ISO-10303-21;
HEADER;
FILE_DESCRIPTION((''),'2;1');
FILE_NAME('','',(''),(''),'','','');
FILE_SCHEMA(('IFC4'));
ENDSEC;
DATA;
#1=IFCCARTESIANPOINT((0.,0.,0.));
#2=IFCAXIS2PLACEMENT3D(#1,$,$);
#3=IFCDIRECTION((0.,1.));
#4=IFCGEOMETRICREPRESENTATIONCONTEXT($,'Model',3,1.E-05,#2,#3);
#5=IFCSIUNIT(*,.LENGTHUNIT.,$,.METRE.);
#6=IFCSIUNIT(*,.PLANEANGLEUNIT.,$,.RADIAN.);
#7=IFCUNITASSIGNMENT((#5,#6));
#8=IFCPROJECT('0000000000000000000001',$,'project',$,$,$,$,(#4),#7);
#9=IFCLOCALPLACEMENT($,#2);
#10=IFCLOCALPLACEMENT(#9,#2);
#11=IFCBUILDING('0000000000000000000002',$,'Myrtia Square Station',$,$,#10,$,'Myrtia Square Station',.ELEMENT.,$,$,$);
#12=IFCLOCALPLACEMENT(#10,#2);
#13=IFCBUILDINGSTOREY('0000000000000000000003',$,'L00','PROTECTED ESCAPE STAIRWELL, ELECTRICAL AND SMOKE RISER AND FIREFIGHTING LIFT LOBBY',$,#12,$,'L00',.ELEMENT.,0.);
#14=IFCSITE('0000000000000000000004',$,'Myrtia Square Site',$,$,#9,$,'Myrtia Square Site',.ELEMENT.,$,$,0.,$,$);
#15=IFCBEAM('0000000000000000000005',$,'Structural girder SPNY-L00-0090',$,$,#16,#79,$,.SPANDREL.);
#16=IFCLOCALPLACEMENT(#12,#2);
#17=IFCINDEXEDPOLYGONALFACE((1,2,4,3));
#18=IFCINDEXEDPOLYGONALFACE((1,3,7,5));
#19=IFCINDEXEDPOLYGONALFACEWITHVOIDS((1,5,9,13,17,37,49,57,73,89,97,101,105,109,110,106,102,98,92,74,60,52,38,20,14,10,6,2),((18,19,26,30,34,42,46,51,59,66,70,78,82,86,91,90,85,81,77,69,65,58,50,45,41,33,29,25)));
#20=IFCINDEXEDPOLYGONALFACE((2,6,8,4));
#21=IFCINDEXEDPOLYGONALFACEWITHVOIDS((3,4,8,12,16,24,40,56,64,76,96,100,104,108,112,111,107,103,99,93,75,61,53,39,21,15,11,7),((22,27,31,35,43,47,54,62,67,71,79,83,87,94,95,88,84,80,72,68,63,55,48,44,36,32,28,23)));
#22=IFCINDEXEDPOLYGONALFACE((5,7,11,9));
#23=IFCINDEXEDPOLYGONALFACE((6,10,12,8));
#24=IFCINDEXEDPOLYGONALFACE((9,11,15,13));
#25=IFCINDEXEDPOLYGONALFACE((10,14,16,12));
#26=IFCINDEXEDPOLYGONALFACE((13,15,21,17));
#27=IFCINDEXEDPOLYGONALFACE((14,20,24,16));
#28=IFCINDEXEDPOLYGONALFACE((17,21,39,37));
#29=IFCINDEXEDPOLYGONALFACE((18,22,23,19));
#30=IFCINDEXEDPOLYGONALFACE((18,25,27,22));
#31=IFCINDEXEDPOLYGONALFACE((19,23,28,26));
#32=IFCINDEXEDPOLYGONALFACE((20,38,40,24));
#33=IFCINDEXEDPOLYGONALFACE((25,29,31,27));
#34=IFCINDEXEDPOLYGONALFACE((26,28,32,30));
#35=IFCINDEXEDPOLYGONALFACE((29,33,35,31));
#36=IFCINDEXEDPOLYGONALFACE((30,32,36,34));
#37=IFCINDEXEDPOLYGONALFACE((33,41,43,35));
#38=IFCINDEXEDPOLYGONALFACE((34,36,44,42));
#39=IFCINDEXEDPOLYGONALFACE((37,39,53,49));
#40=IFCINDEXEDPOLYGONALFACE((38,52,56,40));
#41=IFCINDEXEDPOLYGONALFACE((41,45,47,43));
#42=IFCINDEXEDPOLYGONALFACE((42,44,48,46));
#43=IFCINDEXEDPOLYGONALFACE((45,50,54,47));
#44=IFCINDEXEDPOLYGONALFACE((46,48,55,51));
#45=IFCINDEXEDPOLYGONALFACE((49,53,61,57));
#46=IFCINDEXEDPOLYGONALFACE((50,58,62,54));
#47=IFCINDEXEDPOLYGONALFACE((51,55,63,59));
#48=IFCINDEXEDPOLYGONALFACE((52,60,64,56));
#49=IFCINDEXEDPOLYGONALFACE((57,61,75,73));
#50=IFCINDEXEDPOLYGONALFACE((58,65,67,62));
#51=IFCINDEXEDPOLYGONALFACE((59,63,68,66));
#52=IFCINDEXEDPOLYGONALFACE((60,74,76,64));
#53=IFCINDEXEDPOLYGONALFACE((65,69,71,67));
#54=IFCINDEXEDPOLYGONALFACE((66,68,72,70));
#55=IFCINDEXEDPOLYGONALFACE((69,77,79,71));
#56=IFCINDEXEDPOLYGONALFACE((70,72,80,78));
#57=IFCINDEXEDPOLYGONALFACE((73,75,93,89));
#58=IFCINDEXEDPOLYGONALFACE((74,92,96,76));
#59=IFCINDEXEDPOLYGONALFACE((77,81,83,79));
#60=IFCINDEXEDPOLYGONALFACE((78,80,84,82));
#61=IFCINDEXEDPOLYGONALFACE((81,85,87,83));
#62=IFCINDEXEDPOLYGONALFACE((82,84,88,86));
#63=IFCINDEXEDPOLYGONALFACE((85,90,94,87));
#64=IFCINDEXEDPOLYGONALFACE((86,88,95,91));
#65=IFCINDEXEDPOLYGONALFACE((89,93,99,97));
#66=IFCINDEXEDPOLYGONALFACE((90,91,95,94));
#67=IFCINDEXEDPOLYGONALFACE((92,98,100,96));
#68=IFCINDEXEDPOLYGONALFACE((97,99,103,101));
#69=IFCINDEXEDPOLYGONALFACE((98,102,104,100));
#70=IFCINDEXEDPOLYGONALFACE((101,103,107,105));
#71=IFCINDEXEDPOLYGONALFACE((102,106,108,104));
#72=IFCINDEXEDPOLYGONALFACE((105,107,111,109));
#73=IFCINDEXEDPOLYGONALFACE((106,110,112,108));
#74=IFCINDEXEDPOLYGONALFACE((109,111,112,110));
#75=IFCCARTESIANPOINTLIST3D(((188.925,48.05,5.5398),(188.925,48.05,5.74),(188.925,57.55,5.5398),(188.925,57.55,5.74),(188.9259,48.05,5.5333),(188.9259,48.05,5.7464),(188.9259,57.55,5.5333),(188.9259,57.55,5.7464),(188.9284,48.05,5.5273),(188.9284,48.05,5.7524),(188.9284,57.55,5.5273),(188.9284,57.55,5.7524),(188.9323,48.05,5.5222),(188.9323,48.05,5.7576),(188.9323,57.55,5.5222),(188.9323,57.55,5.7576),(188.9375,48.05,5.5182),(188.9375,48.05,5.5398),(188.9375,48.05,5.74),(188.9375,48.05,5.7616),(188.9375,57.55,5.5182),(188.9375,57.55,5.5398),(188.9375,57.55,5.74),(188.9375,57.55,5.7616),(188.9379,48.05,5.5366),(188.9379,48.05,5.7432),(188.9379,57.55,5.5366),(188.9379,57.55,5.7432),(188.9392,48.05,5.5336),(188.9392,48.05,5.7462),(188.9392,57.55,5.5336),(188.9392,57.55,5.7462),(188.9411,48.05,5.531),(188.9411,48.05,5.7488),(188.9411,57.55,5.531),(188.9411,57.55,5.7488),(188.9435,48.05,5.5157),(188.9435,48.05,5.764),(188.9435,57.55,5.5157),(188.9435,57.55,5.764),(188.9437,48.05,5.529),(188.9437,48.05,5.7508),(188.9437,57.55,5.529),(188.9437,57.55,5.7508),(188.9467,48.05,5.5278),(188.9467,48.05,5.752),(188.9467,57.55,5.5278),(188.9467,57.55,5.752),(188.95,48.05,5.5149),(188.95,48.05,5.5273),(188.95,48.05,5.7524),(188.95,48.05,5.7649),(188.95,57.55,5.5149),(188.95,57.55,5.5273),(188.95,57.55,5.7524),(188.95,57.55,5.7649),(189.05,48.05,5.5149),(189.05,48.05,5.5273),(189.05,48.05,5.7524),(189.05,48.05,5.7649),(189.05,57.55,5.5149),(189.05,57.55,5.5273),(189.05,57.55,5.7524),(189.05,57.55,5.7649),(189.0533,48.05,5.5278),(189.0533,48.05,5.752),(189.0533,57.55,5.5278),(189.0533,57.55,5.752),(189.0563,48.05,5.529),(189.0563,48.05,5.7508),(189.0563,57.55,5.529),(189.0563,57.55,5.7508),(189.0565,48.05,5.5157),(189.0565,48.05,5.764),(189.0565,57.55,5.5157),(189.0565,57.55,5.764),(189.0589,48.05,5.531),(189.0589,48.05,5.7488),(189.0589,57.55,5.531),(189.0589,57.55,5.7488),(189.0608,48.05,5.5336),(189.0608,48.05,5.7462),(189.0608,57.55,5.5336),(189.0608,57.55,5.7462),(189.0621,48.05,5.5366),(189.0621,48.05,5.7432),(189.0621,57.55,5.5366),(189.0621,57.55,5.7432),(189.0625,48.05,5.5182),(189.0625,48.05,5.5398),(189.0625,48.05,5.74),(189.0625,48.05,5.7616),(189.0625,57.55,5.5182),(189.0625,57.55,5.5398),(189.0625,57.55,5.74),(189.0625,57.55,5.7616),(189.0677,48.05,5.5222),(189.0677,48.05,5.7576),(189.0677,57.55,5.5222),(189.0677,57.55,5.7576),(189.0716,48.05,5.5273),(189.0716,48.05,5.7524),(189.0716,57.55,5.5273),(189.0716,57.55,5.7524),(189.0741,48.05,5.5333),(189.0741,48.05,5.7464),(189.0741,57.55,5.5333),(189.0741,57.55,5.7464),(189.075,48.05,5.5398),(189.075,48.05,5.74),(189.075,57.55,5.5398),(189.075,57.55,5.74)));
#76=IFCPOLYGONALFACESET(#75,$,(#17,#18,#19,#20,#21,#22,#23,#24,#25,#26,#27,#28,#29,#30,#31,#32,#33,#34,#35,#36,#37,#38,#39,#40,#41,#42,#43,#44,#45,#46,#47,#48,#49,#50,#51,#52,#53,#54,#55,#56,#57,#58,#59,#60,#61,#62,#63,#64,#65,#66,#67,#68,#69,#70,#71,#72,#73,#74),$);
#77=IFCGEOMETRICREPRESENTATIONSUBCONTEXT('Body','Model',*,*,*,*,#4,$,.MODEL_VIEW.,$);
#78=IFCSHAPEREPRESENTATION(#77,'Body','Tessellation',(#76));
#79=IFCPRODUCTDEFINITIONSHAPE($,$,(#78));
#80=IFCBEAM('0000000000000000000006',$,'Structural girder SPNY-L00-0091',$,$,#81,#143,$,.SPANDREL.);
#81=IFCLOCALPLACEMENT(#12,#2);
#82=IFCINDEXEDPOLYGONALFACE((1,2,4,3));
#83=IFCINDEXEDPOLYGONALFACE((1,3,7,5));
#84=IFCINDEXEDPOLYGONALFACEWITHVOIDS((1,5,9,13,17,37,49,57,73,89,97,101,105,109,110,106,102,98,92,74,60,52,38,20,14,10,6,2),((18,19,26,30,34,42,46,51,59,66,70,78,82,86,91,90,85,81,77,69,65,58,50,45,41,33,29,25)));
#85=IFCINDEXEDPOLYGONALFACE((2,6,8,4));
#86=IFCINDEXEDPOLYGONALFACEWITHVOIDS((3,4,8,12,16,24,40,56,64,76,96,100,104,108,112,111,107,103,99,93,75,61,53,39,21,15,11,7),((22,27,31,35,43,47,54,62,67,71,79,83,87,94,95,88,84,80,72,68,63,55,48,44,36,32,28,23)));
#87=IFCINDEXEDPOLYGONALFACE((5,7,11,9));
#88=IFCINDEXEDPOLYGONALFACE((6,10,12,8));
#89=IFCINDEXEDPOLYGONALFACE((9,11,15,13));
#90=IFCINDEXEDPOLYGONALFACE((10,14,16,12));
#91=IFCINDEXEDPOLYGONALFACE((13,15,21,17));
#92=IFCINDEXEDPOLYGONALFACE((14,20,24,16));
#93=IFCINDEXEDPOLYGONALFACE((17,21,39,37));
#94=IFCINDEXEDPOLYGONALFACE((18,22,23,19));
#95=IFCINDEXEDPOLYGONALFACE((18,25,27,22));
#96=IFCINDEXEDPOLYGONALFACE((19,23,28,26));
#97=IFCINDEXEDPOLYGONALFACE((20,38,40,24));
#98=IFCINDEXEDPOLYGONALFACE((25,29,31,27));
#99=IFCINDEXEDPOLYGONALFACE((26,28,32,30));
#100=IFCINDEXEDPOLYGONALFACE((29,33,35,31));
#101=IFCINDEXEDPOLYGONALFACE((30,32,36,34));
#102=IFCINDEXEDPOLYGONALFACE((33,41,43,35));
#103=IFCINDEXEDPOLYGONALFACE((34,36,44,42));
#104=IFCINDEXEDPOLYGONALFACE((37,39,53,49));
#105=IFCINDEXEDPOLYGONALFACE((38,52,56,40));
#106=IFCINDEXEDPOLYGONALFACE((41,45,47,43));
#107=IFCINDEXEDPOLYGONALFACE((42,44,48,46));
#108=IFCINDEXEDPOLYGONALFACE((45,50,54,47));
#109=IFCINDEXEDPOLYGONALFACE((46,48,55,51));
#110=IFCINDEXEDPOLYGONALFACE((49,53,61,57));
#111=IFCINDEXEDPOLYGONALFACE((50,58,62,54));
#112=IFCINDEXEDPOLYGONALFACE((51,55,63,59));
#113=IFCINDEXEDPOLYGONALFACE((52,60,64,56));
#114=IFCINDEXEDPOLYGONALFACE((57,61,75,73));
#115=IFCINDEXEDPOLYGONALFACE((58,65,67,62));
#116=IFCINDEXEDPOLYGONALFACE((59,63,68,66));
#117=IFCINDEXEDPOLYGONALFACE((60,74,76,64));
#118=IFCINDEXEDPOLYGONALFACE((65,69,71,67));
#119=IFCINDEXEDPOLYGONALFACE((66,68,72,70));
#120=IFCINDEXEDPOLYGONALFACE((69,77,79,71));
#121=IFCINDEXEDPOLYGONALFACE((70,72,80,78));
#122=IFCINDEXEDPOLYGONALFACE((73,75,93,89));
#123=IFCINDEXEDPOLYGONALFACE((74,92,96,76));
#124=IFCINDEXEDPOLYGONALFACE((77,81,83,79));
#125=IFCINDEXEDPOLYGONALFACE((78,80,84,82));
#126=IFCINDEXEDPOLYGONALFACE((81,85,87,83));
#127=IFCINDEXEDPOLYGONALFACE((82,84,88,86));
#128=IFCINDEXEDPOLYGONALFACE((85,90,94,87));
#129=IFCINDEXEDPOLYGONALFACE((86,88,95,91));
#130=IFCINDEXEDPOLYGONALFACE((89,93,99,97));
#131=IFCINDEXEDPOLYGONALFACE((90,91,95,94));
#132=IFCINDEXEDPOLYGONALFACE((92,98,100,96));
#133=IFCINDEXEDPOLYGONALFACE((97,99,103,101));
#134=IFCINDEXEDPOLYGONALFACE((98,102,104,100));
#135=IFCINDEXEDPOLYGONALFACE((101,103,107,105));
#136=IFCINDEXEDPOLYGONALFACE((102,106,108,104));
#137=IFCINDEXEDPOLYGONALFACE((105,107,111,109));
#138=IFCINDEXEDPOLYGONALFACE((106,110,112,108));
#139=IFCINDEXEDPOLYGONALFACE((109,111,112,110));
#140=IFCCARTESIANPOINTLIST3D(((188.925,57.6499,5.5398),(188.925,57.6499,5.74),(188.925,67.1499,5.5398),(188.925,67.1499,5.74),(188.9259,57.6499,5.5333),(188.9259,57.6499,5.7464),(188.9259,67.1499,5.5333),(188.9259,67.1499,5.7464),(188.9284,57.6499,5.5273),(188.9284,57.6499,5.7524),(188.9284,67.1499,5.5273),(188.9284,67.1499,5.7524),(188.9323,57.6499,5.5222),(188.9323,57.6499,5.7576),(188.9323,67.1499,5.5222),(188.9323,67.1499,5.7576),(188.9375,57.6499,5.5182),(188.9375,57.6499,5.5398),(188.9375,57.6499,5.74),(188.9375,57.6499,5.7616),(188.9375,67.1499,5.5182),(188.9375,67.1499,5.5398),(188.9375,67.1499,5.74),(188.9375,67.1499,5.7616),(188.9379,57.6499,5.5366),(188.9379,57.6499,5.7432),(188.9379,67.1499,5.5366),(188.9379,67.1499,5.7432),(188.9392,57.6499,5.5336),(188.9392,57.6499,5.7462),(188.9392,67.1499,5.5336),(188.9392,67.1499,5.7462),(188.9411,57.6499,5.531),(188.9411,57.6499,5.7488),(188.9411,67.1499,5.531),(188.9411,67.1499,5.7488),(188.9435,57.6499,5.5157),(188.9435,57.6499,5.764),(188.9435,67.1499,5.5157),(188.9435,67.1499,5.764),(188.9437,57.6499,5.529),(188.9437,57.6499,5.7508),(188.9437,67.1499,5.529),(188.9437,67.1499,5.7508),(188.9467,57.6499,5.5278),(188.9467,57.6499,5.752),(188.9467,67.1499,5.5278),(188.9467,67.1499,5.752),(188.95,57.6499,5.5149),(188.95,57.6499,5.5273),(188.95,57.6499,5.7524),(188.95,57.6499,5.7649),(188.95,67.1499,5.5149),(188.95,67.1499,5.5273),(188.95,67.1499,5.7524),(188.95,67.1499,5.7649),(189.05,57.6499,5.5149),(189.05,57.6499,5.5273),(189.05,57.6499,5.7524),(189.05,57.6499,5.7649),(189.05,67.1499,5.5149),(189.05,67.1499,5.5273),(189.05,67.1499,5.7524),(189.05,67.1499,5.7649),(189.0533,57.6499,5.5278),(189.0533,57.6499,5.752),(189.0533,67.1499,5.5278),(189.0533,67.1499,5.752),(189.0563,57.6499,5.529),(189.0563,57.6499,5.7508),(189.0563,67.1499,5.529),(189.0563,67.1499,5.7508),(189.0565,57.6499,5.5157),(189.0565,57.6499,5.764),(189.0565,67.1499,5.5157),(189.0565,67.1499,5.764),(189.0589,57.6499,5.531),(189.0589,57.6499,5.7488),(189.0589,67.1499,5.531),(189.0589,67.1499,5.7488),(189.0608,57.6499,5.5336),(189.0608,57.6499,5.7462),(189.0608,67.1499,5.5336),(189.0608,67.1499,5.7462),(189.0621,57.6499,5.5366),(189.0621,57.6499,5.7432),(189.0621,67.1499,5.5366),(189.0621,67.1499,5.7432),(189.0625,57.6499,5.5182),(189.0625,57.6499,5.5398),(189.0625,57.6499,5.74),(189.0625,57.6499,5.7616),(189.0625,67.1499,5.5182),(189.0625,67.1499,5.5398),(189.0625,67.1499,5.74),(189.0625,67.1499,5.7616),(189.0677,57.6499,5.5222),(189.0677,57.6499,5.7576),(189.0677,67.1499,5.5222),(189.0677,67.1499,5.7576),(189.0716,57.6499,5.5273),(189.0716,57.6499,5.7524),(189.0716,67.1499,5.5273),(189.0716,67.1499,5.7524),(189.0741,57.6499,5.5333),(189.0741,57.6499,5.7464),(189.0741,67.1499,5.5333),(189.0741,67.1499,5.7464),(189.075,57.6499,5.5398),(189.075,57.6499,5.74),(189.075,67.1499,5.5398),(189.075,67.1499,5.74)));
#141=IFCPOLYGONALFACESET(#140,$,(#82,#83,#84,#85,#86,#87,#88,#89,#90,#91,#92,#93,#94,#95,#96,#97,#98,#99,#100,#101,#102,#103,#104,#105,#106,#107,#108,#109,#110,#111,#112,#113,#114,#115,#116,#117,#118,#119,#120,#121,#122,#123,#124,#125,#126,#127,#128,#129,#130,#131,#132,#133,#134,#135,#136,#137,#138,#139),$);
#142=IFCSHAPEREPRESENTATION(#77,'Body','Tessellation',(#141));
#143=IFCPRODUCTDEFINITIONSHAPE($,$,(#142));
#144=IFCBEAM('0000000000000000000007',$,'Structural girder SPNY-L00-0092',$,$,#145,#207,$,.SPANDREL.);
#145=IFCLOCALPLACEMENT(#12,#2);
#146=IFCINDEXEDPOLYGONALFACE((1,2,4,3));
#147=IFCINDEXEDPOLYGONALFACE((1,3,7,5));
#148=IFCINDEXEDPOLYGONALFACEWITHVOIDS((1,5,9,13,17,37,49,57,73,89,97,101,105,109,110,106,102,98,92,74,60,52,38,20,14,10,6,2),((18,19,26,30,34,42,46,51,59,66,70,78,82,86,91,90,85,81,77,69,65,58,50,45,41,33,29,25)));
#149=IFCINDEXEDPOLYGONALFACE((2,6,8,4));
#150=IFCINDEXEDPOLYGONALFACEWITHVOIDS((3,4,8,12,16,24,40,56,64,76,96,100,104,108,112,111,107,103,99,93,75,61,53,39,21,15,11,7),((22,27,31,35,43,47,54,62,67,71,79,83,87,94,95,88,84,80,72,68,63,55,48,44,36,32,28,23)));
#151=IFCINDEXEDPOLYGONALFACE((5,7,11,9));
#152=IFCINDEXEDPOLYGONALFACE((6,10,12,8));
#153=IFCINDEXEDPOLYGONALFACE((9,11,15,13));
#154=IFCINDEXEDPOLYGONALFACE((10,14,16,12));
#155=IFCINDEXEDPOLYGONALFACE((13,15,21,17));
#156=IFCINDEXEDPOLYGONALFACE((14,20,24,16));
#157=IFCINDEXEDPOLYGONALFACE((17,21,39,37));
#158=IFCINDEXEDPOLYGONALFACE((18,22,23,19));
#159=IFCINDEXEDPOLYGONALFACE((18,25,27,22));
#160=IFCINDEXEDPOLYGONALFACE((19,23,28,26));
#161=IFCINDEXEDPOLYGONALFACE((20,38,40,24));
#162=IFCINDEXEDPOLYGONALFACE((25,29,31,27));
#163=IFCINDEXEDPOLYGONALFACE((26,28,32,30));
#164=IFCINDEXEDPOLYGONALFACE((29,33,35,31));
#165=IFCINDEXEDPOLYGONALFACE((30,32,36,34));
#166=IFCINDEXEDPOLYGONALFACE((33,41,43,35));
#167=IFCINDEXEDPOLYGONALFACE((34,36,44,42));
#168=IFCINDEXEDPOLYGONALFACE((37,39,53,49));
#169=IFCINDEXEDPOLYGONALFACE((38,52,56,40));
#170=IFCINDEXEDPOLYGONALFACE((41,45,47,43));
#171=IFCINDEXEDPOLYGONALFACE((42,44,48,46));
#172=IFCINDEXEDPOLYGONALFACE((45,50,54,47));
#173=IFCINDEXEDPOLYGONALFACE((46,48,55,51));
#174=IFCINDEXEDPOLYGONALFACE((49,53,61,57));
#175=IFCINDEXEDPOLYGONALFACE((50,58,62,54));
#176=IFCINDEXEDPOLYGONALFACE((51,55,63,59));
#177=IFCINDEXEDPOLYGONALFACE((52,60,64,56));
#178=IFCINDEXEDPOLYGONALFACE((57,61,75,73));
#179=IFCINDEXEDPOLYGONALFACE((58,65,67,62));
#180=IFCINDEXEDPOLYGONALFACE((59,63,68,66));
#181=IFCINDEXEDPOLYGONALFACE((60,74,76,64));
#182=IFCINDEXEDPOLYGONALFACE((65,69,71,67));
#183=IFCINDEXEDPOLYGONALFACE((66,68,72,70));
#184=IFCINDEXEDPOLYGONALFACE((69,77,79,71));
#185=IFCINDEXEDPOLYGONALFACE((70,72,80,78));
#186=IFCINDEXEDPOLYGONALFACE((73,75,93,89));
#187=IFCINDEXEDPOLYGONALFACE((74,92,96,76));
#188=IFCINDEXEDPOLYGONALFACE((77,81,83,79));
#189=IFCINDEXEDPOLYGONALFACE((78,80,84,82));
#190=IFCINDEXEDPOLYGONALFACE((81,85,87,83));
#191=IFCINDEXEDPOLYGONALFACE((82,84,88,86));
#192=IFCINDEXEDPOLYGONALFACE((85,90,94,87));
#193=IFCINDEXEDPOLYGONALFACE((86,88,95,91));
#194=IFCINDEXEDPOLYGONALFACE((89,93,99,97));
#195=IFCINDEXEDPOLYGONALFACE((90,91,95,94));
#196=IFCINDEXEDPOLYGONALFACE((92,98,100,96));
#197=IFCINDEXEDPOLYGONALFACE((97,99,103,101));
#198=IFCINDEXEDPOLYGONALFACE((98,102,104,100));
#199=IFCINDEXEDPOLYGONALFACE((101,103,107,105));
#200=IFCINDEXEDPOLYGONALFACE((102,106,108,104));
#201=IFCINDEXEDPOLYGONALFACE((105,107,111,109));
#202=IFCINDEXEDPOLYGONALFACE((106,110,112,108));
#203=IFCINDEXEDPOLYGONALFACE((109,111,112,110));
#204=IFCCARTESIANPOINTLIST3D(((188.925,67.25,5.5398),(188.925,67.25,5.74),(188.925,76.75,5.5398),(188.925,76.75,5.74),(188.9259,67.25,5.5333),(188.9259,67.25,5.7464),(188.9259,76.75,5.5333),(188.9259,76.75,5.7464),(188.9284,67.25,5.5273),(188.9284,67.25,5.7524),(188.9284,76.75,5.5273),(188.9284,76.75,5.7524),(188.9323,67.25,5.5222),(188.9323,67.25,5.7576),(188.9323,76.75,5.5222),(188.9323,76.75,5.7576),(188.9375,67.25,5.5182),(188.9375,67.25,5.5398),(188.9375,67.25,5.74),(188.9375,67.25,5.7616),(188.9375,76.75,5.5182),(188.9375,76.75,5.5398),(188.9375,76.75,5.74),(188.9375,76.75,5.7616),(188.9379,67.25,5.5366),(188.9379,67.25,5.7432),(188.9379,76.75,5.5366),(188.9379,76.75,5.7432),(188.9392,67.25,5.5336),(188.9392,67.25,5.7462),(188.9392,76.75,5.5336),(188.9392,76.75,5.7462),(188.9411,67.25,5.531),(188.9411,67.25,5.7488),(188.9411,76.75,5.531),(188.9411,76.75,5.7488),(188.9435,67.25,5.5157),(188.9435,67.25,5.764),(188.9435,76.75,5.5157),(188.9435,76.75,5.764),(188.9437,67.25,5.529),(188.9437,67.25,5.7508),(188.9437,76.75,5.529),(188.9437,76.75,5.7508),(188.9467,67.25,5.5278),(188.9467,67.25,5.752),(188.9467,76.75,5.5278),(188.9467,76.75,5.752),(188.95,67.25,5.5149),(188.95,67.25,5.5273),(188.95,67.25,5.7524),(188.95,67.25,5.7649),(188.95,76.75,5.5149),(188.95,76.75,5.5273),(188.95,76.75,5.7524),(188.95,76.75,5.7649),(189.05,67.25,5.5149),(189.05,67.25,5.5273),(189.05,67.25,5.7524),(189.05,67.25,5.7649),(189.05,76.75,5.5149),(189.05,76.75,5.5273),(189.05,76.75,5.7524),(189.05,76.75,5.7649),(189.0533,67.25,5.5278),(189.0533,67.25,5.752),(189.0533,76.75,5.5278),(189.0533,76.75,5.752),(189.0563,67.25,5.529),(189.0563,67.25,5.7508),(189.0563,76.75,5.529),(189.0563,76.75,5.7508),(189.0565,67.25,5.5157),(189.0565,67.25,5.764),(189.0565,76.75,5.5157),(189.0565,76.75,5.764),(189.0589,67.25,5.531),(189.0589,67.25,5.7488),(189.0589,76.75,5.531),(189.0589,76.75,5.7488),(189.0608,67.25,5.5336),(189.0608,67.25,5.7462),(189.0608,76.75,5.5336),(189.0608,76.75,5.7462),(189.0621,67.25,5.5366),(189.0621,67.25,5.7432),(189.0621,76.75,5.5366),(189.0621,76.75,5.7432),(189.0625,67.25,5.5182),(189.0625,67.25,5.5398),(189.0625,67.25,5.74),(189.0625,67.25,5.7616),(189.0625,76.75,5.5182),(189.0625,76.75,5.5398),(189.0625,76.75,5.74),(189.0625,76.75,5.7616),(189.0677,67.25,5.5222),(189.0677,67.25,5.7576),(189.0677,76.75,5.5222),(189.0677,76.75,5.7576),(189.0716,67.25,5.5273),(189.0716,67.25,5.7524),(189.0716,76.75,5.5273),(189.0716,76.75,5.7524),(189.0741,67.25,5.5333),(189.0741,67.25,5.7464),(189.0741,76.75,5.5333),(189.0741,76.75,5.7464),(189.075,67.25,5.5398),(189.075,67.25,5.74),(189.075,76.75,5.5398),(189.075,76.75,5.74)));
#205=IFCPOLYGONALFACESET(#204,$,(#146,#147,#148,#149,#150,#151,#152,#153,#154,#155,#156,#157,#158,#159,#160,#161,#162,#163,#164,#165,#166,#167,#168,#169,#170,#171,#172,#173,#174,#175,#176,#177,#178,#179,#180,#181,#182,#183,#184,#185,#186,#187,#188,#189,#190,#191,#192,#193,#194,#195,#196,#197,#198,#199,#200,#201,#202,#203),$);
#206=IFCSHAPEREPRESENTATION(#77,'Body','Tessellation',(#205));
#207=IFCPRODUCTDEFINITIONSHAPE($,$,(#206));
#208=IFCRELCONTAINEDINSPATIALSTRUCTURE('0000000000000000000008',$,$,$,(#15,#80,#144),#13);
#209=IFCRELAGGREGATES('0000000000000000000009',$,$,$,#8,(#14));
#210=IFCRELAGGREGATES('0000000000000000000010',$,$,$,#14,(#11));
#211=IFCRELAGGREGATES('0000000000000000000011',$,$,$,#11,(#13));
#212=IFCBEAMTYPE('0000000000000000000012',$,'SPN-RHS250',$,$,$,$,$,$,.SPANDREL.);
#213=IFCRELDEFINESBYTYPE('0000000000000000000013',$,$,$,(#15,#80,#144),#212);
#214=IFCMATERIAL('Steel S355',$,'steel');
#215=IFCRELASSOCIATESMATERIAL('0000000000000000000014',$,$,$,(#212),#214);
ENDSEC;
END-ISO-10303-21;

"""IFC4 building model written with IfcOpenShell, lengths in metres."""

from ifc_helpers import new_model, si_unit, direction, frame, origin, origin_2d, place, context, subcontext, project, spatial, hollow_rectangle, extrude, material, material_profile, profile_set, type_object, element, save


model = new_model("IFC4")

# Units and contexts
model_context = context("Model", 3, precision=1e-05, world=origin(), true_north=direction((0.0, 1.0)))
body_context = subcontext(model_context, "Body", "Model", "MODEL_VIEW")
ifc_project = project(units=[si_unit("LENGTHUNIT", "METRE"), si_unit("PLANEANGLEUNIT", "RADIAN")], contexts=[model_context])

# Site, building, storey
site_placement = place(None, origin())
site = spatial("IfcSite", under=ifc_project, at=site_placement, Name="Myrtia Square Site", LongName="Myrtia Square Site", CompositionType="ELEMENT", RefElevation=0.0)
building_placement = place(site_placement, origin())
building = spatial("IfcBuilding", under=site, at=building_placement, Name="Myrtia Square Station", LongName="Myrtia Square Station", CompositionType="ELEMENT")
storey_placement = place(building_placement, origin())
storey = spatial("IfcBuildingStorey", under=building, at=storey_placement, Name="L00", Description="PROTECTED ESCAPE STAIRWELL, ELECTRICAL AND SMOKE RISER AND FIREFIGHTING LIFT LOBBY", LongName="L00", CompositionType="ELEMENT", Elevation=0.0)

# Beams
ifc_material_1 = material(Name="Steel S355", Category="steel")
ifc_material_profile_1 = material_profile(ifc_material_1, hollow_rectangle(XDim=0.1499, YDim=0.25, WallThickness=0.0125, InnerFilletRadius=0.0125, OuterFilletRadius=0.0249, at=origin_2d()), Name="RHS 250x150x12.5")
ifc_profile_set_1 = profile_set([ifc_material_profile_1], Name="Steel S355")
beam_type_1 = type_object("IfcBeamType", Name="SPN-RHS250", PredefinedType="SPANDREL", material=ifc_profile_set_1)
for number, where, z_axis, x_axis, name in (
    (1, (189.0, 48.05, 5.6399), (0.0, 1.0, 0.0), (-1.0, 0.0, 0.0), "Structural girder SPNY-L00-0090"),
    (2, (189.0, 57.6499, 5.6399), (0.0, 1.0, 0.0), (-1.0, 0.0, 0.0), "Structural girder SPNY-L00-0091"),
    (3, (189.0, 67.25, 5.6399), (0.0, 1.0, 0.0), (-1.0, 0.0, 0.0), "Structural girder SPNY-L00-0092"),
):
    element("IfcBeam", number, at=place(storey_placement, frame(where, z_axis=z_axis, x_axis=x_axis)), inside=storey, type_object=beam_type_1, Name=name, PredefinedType="SPANDREL", context=body_context, shape_type="SweptSolid", body=[
        extrude(hollow_rectangle(XDim=0.1499, YDim=0.25, WallThickness=0.0125, InnerFilletRadius=0.0125, OuterFilletRadius=0.0249, at=origin_2d()), origin(), (0.0, 0.0, 1.0), 9.5),
    ])

save(model, "model.ifc")
